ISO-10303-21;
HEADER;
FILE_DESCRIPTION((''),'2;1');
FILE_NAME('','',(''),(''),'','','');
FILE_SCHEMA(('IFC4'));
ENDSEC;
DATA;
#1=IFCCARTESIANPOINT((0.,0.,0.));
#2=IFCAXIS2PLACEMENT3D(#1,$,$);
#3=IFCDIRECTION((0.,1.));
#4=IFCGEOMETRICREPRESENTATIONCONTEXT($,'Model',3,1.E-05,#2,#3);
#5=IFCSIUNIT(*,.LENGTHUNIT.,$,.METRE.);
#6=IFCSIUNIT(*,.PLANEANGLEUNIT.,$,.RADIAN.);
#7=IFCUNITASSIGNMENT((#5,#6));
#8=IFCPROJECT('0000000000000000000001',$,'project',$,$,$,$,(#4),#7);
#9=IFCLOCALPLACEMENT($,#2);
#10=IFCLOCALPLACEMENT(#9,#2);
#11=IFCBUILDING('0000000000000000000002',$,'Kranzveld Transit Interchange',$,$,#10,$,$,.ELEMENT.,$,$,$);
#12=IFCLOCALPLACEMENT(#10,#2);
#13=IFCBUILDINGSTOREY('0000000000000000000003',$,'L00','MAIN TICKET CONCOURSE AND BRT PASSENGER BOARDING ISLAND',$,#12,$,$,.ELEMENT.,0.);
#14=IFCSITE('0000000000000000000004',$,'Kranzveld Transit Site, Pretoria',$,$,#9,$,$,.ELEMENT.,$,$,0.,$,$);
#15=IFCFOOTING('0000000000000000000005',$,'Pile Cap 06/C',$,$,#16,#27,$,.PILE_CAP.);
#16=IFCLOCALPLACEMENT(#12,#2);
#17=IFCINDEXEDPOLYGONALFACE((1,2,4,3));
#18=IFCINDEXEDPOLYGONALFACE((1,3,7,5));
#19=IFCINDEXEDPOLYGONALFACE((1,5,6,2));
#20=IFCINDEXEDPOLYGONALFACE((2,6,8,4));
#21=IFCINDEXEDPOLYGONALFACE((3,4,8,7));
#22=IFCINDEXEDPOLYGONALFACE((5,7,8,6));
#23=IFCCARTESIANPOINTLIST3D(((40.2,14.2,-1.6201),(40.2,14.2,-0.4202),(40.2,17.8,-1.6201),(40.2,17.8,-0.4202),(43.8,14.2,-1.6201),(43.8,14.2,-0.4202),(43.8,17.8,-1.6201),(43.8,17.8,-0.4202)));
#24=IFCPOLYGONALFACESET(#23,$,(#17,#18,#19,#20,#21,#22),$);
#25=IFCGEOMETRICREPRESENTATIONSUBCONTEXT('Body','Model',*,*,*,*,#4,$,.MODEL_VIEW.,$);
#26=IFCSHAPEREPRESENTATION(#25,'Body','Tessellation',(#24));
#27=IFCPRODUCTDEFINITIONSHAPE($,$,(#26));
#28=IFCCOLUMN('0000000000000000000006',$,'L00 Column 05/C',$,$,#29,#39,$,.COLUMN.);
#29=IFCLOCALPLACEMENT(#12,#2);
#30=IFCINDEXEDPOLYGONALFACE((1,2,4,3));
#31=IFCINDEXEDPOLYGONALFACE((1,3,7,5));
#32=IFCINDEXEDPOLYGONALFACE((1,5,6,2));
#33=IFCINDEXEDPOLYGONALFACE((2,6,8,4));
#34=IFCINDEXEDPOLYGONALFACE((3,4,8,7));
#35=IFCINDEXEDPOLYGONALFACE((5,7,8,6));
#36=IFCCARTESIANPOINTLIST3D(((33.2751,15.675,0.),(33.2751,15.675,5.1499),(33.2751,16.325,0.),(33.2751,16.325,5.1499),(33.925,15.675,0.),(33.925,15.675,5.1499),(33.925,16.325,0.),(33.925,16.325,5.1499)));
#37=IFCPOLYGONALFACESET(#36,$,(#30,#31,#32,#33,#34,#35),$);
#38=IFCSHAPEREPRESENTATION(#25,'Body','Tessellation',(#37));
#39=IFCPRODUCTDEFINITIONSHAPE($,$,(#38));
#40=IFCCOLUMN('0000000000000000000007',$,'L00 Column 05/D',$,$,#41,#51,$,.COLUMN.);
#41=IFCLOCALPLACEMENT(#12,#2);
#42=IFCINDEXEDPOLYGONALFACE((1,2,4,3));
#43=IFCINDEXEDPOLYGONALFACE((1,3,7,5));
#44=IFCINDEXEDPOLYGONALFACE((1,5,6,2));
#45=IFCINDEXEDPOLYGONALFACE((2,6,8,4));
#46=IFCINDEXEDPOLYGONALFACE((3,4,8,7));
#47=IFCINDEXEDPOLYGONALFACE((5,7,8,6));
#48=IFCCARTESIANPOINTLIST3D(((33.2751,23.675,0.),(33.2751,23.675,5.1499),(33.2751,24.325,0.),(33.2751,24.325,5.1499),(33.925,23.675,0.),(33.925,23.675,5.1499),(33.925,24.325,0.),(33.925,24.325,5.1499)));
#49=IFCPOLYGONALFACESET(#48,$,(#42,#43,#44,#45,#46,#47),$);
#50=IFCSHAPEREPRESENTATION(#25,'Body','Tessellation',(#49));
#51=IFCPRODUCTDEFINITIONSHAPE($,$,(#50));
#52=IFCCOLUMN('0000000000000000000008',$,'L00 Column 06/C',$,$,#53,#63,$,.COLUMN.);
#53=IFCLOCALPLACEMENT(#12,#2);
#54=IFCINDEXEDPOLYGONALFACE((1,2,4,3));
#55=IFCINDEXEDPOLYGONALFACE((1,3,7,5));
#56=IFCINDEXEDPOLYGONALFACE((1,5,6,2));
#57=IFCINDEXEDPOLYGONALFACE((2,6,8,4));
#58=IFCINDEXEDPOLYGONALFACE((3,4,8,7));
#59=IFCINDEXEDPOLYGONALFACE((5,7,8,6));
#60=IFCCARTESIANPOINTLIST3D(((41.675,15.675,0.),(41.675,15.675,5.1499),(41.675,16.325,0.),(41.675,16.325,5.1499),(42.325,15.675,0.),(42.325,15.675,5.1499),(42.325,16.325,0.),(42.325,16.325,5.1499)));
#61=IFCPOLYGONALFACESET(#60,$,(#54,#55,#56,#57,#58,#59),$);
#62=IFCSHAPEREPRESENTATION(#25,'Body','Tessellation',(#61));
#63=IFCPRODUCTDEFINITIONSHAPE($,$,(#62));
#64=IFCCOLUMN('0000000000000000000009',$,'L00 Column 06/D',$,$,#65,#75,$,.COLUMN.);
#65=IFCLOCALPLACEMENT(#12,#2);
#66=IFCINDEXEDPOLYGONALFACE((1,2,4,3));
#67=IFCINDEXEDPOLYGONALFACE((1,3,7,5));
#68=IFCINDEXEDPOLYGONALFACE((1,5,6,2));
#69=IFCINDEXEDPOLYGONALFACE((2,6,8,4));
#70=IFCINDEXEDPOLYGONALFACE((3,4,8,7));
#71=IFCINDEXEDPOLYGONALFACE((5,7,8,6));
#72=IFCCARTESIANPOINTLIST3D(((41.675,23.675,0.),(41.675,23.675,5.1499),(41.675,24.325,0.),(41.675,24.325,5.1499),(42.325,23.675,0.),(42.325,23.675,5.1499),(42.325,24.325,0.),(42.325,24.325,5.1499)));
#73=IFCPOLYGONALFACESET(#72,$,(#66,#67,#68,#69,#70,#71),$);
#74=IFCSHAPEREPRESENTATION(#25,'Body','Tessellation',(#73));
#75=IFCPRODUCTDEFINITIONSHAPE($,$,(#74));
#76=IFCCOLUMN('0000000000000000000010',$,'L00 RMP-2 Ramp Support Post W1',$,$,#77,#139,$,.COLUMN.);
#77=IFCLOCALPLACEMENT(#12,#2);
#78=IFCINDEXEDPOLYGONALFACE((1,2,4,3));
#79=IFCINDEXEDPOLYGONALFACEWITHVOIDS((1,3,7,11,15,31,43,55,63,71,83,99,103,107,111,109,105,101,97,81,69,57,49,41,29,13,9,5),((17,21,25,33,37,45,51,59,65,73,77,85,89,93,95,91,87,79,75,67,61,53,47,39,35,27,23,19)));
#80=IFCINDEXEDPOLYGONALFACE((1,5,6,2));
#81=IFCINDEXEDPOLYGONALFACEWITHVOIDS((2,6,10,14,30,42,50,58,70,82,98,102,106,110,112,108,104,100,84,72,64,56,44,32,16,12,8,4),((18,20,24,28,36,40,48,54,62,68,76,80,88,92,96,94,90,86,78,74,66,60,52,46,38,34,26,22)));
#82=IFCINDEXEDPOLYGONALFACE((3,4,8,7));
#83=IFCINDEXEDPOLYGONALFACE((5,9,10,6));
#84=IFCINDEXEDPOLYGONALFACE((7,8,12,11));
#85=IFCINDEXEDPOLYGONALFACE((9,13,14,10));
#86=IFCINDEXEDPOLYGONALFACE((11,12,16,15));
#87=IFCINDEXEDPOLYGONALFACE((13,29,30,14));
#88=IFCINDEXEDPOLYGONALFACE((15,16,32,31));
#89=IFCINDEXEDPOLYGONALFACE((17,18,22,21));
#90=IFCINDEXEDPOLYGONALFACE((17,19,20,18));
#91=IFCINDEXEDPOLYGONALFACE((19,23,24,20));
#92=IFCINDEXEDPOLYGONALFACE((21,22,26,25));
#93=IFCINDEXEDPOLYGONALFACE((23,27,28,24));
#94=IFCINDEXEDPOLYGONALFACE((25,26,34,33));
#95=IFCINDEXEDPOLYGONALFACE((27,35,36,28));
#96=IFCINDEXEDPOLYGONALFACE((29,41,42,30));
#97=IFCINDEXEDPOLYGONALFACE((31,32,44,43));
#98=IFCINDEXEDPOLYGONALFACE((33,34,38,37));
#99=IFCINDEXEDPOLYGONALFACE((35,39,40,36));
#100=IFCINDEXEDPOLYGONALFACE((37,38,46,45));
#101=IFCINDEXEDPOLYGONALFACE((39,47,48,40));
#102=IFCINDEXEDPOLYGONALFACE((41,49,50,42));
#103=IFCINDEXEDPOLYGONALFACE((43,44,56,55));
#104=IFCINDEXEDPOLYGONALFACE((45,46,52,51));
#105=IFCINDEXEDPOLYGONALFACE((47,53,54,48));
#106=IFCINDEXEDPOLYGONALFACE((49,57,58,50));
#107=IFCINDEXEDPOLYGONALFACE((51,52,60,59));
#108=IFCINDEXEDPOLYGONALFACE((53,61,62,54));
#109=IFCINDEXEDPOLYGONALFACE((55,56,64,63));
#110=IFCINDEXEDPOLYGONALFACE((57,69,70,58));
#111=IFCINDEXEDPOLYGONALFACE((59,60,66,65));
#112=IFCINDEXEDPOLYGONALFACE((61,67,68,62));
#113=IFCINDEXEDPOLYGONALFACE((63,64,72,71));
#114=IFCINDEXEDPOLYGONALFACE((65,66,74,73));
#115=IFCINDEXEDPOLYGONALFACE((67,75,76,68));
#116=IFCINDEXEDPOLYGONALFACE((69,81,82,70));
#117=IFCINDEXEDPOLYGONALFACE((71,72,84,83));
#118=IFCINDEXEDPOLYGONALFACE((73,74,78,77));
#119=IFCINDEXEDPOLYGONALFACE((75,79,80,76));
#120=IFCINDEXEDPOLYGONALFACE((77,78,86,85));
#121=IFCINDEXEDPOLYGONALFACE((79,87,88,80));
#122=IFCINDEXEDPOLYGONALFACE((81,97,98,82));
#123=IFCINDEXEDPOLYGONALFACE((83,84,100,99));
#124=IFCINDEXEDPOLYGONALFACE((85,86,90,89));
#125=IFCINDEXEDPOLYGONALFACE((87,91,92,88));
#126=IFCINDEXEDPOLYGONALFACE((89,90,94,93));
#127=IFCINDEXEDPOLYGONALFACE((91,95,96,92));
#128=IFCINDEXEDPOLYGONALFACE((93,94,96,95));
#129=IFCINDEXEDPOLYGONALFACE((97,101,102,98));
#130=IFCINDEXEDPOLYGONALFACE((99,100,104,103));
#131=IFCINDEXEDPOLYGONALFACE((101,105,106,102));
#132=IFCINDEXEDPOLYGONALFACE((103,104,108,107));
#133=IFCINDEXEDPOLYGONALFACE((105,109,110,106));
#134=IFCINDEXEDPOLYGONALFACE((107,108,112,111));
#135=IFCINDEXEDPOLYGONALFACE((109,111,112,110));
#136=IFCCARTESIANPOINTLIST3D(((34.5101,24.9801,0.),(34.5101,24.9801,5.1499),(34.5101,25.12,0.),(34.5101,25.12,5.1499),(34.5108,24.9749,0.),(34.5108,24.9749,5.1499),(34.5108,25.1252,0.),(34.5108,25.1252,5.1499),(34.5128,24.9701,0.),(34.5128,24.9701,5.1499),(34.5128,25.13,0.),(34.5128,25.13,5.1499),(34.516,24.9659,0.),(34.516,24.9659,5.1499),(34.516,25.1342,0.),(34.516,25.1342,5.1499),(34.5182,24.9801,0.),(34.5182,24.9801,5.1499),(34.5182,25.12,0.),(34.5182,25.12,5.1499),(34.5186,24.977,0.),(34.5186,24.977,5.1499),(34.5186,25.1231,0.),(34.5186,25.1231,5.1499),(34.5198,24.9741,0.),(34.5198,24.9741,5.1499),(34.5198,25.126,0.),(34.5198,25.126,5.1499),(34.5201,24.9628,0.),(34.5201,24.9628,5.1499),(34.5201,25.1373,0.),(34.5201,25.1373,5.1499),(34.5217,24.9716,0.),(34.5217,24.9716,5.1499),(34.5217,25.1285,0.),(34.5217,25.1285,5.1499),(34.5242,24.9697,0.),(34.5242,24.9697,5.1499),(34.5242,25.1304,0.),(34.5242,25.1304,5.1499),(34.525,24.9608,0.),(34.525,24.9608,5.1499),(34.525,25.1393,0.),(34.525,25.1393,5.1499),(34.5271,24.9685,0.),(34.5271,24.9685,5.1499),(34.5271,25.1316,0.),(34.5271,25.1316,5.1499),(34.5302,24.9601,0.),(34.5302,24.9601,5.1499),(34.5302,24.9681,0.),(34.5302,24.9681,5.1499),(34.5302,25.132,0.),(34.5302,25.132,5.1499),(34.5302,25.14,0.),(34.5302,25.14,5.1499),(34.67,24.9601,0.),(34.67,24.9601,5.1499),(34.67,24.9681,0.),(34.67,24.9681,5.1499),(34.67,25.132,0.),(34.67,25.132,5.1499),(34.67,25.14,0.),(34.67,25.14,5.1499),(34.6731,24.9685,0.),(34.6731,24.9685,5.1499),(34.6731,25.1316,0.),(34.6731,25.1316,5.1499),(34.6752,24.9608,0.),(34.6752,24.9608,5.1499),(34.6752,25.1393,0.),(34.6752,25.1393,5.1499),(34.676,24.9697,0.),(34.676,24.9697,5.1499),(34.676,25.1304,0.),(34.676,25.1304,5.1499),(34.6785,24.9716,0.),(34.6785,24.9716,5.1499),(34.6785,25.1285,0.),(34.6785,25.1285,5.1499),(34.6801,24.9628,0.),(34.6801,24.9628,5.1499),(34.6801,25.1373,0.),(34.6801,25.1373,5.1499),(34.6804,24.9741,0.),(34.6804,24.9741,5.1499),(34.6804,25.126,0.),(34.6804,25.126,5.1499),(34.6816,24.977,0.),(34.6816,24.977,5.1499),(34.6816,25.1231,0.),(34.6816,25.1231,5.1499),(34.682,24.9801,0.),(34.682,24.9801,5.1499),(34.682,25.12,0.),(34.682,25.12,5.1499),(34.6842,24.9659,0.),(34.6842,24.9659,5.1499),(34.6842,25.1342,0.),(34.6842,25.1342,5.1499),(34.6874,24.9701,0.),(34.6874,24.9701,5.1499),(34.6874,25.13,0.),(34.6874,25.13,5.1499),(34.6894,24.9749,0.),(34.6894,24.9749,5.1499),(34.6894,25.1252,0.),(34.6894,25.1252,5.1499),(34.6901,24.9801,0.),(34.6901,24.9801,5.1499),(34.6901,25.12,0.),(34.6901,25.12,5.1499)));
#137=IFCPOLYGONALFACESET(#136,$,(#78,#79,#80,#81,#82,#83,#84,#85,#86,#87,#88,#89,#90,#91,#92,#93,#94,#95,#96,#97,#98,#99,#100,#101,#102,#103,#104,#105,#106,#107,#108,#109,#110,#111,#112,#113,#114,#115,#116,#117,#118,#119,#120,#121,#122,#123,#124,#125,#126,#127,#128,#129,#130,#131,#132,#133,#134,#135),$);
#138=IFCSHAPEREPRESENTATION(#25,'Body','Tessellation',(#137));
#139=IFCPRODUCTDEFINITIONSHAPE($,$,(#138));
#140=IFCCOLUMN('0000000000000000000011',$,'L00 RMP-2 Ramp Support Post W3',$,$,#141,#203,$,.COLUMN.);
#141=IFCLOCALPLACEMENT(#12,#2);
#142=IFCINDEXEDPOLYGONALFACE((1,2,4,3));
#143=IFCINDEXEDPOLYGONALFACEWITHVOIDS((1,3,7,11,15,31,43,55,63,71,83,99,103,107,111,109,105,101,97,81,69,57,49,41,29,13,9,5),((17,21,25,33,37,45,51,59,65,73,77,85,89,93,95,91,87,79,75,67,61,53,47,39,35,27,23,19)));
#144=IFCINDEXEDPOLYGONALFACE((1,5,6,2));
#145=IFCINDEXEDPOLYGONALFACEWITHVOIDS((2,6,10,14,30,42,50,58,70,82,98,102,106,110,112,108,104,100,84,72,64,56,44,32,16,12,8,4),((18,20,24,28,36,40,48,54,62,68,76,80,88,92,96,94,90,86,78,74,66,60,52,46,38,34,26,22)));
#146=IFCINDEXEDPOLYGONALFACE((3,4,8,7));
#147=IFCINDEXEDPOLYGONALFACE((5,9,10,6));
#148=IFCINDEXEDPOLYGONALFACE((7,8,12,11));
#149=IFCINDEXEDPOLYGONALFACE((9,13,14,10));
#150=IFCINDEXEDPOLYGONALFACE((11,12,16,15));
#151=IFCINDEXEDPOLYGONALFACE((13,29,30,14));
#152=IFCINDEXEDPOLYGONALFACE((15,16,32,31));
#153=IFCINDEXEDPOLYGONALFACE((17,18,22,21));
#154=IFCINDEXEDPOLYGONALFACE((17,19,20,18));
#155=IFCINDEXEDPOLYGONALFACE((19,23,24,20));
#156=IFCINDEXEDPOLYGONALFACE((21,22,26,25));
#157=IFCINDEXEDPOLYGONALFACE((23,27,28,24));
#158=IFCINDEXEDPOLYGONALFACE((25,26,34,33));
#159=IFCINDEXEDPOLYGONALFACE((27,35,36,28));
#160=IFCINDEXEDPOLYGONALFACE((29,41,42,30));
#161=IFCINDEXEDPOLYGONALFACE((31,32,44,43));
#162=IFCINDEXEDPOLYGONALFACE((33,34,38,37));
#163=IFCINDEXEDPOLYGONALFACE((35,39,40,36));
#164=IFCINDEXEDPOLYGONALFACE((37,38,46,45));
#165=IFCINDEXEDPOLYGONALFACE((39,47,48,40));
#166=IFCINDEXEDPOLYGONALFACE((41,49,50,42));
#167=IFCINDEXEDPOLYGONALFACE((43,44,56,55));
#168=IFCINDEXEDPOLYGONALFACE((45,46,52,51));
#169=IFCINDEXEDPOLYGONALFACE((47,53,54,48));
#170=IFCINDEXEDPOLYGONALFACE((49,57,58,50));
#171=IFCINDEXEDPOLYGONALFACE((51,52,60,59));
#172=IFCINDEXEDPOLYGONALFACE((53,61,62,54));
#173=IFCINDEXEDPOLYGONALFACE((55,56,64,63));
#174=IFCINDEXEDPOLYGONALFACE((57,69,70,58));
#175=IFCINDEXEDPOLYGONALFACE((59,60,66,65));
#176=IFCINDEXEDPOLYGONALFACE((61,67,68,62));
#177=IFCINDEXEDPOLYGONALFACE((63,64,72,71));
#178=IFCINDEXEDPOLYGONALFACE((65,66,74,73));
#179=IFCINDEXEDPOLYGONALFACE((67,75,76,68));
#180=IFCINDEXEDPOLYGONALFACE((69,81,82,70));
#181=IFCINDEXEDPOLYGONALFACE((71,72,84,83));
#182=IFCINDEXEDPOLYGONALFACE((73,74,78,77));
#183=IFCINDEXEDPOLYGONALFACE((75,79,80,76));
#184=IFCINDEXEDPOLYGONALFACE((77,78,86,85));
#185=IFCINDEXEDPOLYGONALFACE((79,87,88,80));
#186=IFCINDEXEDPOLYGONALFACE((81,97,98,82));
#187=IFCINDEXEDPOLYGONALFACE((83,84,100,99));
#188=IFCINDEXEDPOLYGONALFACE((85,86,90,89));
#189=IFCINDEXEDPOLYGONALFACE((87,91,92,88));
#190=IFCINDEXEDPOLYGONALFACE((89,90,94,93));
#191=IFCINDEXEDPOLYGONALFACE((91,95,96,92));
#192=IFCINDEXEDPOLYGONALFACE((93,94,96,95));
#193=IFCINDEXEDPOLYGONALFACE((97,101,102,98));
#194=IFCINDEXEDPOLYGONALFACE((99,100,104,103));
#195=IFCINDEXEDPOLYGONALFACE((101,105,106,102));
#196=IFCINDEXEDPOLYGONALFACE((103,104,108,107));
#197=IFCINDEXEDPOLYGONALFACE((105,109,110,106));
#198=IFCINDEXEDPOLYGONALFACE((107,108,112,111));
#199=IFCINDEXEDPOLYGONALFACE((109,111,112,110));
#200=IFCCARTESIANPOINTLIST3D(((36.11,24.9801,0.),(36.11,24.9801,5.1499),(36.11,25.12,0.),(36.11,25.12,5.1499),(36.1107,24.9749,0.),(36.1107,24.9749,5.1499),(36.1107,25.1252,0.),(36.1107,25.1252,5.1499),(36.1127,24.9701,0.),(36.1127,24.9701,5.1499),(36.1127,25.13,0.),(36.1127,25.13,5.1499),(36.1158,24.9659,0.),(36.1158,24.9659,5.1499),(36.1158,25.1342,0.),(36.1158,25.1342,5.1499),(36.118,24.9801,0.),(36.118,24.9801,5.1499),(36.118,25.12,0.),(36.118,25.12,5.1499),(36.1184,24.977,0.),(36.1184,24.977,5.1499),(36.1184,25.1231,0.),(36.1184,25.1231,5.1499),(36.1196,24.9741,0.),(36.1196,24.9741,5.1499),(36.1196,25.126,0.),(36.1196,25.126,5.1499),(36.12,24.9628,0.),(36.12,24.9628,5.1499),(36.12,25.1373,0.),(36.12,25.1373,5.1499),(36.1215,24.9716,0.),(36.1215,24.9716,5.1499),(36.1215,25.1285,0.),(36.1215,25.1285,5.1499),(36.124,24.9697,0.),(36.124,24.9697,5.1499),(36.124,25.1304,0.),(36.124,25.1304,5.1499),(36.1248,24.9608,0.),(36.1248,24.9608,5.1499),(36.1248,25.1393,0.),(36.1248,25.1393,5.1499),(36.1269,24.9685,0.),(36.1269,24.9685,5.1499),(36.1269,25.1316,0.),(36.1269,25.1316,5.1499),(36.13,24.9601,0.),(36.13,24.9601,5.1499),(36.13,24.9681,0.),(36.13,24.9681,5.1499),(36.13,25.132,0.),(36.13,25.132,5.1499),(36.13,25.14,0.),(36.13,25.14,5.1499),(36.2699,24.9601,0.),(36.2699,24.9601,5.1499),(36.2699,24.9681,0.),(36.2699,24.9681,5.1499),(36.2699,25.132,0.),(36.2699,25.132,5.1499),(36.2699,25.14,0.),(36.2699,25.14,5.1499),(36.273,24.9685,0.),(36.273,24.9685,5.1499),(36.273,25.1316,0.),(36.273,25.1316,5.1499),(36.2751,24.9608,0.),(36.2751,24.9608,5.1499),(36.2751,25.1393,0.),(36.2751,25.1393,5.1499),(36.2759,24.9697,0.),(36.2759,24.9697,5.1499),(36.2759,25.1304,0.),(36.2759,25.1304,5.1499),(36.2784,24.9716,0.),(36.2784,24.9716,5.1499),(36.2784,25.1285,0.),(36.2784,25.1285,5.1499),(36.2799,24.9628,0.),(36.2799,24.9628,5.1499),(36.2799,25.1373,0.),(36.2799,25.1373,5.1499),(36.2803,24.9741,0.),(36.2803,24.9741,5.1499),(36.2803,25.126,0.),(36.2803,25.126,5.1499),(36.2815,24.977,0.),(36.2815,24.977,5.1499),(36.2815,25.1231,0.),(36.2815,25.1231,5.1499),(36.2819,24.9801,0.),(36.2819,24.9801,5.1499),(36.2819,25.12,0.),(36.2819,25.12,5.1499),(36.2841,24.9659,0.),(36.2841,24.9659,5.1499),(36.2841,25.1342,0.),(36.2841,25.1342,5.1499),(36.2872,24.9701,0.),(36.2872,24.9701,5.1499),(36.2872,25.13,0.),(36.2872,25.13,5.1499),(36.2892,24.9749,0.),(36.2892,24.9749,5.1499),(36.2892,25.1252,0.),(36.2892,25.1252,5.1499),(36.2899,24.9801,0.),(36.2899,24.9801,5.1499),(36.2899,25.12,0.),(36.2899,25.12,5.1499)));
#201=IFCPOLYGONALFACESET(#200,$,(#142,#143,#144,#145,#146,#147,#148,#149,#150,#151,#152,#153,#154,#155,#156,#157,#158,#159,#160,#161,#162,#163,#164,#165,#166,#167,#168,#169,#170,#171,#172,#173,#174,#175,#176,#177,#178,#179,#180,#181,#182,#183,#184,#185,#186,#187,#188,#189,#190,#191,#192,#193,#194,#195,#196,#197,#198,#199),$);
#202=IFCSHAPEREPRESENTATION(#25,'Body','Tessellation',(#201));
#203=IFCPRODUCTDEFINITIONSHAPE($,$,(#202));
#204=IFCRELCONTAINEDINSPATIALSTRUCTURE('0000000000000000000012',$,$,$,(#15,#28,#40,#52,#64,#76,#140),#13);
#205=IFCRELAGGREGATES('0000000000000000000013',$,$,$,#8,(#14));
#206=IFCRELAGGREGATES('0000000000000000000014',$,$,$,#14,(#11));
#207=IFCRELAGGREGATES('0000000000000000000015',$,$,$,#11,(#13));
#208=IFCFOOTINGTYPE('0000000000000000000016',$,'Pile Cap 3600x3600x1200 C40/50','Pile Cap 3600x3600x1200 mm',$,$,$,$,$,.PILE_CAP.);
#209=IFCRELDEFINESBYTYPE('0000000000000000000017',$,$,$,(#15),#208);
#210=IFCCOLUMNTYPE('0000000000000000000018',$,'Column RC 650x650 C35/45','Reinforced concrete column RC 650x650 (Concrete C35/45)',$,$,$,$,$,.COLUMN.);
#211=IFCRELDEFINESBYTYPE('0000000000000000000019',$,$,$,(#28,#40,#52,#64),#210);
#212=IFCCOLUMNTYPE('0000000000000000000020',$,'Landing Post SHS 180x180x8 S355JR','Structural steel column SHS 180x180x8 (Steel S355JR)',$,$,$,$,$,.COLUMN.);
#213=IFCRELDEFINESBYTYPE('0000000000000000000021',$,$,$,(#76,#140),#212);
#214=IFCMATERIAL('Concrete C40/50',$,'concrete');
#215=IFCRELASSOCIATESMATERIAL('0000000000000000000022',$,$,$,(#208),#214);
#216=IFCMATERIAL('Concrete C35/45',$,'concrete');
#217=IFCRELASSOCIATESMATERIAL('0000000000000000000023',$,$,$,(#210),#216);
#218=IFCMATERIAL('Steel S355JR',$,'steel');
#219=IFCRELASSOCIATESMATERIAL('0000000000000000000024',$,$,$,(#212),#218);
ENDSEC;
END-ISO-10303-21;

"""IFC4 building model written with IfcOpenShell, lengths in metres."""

from ifc_helpers import new_model, si_unit, direction, frame, origin, origin_2d, place, context, subcontext, project, spatial, rectangle, hollow_rectangle, extrude, material, material_profile, profile_set, type_object, element, save


model = new_model("IFC4")

# Units and contexts
model_context = context("Model", 3, precision=1e-05, world=origin(), true_north=direction((0.0, 1.0)))
body_context = subcontext(model_context, "Body", "Model", "MODEL_VIEW")
ifc_project = project(units=[si_unit("LENGTHUNIT", "METRE"), si_unit("PLANEANGLEUNIT", "RADIAN")], contexts=[model_context])

# Site, building, storey
site_placement = place(None, origin())
site = spatial("IfcSite", under=ifc_project, at=site_placement, Name="Kranzveld Transit Site, Pretoria", CompositionType="ELEMENT", RefElevation=0.0)
building_placement = place(site_placement, origin())
building = spatial("IfcBuilding", under=site, at=building_placement, Name="Kranzveld Transit Interchange", CompositionType="ELEMENT")
storey_placement = place(building_placement, origin())
storey = spatial("IfcBuildingStorey", under=building, at=storey_placement, Name="L00", Description="MAIN TICKET CONCOURSE AND BRT PASSENGER BOARDING ISLAND", CompositionType="ELEMENT", Elevation=0.0)

# Footing
ifc_material_1 = material(Name="Concrete C40/50", Category="concrete")
footing_type_1 = type_object("IfcFootingType", Name="Pile Cap 3600x3600x1200 C40/50", Description="Pile Cap 3600x3600x1200 mm", PredefinedType="PILE_CAP", material=ifc_material_1)
for number, where, z_axis, x_axis, name in (
    (1, (42.0, 16.0, -1.6201), (0.0, 0.0, 1.0), (1.0, 0.0, 0.0), "Pile Cap 06/C"),
):
    element("IfcFooting", number, at=place(storey_placement, frame(where, z_axis=z_axis, x_axis=x_axis)), inside=storey, type_object=footing_type_1, Name=name, PredefinedType="PILE_CAP", context=body_context, shape_type="SweptSolid", body=[
        extrude(rectangle(XDim=3.6001, YDim=3.6001, at=origin_2d()), origin(), (0.0, 0.0, 1.0), 1.2),
    ])

# Columns
ifc_material_2 = material(Name="Concrete C35/45", Category="concrete")
ifc_material_profile_1 = material_profile(ifc_material_2, rectangle(XDim=0.6499, YDim=0.6499, at=origin_2d()), Name="RC 650x650")
ifc_profile_set_1 = profile_set([ifc_material_profile_1], Name="Concrete C35/45")
column_type_1 = type_object("IfcColumnType", Name="Column RC 650x650 C35/45", Description="Reinforced concrete column RC 650x650 (Concrete C35/45)", PredefinedType="COLUMN", material=ifc_profile_set_1)
for number, where, z_axis, x_axis, name in (
    (2, (33.6001, 16.0, 0.0), (0.0, 0.0, 1.0), (1.0, 0.0, 0.0), "L00 Column 05/C"),
    (3, (33.6001, 24.0, 0.0), (0.0, 0.0, 1.0), (1.0, 0.0, 0.0), "L00 Column 05/D"),
    (4, (42.0, 16.0, 0.0), (0.0, 0.0, 1.0), (1.0, 0.0, 0.0), "L00 Column 06/C"),
    (5, (42.0, 24.0, 0.0), (0.0, 0.0, 1.0), (1.0, 0.0, 0.0), "L00 Column 06/D"),
):
    element("IfcColumn", number, at=place(storey_placement, frame(where, z_axis=z_axis, x_axis=x_axis)), inside=storey, type_object=column_type_1, Name=name, PredefinedType="COLUMN", context=body_context, shape_type="SweptSolid", body=[
        extrude(rectangle(XDim=0.6499, YDim=0.6499, at=origin_2d()), origin(), (0.0, 0.0, 1.0), 5.1499),
    ])
ifc_material_3 = material(Name="Steel S355JR", Category="steel")
ifc_material_profile_2 = material_profile(ifc_material_3, hollow_rectangle(XDim=0.1799, YDim=0.1799, WallThickness=0.0081, InnerFilletRadius=0.012, OuterFilletRadius=0.02, at=origin_2d()), Name="SHS 180x180x8")
ifc_profile_set_2 = profile_set([ifc_material_profile_2], Name="Steel S355JR")
column_type_2 = type_object("IfcColumnType", Name="Landing Post SHS 180x180x8 S355JR", Description="Structural steel column SHS 180x180x8 (Steel S355JR)", PredefinedType="COLUMN", material=ifc_profile_set_2)
for number, where, z_axis, x_axis, name in (
    (6, (34.6001, 25.05, 0.0), (0.0, 0.0, 1.0), (1.0, 0.0, 0.0), "L00 RMP-2 Ramp Support Post W1"),
    (7, (36.2, 25.05, 0.0), (0.0, 0.0, 1.0), (1.0, 0.0, 0.0), "L00 RMP-2 Ramp Support Post W3"),
):
    element("IfcColumn", number, at=place(storey_placement, frame(where, z_axis=z_axis, x_axis=x_axis)), inside=storey, type_object=column_type_2, Name=name, PredefinedType="COLUMN", context=body_context, shape_type="SweptSolid", body=[
        extrude(hollow_rectangle(XDim=0.1799, YDim=0.1799, WallThickness=0.0081, InnerFilletRadius=0.012, OuterFilletRadius=0.02, at=origin_2d()), origin(), (0.0, 0.0, 1.0), 5.1499),
    ])

save(model, "model.ifc")
